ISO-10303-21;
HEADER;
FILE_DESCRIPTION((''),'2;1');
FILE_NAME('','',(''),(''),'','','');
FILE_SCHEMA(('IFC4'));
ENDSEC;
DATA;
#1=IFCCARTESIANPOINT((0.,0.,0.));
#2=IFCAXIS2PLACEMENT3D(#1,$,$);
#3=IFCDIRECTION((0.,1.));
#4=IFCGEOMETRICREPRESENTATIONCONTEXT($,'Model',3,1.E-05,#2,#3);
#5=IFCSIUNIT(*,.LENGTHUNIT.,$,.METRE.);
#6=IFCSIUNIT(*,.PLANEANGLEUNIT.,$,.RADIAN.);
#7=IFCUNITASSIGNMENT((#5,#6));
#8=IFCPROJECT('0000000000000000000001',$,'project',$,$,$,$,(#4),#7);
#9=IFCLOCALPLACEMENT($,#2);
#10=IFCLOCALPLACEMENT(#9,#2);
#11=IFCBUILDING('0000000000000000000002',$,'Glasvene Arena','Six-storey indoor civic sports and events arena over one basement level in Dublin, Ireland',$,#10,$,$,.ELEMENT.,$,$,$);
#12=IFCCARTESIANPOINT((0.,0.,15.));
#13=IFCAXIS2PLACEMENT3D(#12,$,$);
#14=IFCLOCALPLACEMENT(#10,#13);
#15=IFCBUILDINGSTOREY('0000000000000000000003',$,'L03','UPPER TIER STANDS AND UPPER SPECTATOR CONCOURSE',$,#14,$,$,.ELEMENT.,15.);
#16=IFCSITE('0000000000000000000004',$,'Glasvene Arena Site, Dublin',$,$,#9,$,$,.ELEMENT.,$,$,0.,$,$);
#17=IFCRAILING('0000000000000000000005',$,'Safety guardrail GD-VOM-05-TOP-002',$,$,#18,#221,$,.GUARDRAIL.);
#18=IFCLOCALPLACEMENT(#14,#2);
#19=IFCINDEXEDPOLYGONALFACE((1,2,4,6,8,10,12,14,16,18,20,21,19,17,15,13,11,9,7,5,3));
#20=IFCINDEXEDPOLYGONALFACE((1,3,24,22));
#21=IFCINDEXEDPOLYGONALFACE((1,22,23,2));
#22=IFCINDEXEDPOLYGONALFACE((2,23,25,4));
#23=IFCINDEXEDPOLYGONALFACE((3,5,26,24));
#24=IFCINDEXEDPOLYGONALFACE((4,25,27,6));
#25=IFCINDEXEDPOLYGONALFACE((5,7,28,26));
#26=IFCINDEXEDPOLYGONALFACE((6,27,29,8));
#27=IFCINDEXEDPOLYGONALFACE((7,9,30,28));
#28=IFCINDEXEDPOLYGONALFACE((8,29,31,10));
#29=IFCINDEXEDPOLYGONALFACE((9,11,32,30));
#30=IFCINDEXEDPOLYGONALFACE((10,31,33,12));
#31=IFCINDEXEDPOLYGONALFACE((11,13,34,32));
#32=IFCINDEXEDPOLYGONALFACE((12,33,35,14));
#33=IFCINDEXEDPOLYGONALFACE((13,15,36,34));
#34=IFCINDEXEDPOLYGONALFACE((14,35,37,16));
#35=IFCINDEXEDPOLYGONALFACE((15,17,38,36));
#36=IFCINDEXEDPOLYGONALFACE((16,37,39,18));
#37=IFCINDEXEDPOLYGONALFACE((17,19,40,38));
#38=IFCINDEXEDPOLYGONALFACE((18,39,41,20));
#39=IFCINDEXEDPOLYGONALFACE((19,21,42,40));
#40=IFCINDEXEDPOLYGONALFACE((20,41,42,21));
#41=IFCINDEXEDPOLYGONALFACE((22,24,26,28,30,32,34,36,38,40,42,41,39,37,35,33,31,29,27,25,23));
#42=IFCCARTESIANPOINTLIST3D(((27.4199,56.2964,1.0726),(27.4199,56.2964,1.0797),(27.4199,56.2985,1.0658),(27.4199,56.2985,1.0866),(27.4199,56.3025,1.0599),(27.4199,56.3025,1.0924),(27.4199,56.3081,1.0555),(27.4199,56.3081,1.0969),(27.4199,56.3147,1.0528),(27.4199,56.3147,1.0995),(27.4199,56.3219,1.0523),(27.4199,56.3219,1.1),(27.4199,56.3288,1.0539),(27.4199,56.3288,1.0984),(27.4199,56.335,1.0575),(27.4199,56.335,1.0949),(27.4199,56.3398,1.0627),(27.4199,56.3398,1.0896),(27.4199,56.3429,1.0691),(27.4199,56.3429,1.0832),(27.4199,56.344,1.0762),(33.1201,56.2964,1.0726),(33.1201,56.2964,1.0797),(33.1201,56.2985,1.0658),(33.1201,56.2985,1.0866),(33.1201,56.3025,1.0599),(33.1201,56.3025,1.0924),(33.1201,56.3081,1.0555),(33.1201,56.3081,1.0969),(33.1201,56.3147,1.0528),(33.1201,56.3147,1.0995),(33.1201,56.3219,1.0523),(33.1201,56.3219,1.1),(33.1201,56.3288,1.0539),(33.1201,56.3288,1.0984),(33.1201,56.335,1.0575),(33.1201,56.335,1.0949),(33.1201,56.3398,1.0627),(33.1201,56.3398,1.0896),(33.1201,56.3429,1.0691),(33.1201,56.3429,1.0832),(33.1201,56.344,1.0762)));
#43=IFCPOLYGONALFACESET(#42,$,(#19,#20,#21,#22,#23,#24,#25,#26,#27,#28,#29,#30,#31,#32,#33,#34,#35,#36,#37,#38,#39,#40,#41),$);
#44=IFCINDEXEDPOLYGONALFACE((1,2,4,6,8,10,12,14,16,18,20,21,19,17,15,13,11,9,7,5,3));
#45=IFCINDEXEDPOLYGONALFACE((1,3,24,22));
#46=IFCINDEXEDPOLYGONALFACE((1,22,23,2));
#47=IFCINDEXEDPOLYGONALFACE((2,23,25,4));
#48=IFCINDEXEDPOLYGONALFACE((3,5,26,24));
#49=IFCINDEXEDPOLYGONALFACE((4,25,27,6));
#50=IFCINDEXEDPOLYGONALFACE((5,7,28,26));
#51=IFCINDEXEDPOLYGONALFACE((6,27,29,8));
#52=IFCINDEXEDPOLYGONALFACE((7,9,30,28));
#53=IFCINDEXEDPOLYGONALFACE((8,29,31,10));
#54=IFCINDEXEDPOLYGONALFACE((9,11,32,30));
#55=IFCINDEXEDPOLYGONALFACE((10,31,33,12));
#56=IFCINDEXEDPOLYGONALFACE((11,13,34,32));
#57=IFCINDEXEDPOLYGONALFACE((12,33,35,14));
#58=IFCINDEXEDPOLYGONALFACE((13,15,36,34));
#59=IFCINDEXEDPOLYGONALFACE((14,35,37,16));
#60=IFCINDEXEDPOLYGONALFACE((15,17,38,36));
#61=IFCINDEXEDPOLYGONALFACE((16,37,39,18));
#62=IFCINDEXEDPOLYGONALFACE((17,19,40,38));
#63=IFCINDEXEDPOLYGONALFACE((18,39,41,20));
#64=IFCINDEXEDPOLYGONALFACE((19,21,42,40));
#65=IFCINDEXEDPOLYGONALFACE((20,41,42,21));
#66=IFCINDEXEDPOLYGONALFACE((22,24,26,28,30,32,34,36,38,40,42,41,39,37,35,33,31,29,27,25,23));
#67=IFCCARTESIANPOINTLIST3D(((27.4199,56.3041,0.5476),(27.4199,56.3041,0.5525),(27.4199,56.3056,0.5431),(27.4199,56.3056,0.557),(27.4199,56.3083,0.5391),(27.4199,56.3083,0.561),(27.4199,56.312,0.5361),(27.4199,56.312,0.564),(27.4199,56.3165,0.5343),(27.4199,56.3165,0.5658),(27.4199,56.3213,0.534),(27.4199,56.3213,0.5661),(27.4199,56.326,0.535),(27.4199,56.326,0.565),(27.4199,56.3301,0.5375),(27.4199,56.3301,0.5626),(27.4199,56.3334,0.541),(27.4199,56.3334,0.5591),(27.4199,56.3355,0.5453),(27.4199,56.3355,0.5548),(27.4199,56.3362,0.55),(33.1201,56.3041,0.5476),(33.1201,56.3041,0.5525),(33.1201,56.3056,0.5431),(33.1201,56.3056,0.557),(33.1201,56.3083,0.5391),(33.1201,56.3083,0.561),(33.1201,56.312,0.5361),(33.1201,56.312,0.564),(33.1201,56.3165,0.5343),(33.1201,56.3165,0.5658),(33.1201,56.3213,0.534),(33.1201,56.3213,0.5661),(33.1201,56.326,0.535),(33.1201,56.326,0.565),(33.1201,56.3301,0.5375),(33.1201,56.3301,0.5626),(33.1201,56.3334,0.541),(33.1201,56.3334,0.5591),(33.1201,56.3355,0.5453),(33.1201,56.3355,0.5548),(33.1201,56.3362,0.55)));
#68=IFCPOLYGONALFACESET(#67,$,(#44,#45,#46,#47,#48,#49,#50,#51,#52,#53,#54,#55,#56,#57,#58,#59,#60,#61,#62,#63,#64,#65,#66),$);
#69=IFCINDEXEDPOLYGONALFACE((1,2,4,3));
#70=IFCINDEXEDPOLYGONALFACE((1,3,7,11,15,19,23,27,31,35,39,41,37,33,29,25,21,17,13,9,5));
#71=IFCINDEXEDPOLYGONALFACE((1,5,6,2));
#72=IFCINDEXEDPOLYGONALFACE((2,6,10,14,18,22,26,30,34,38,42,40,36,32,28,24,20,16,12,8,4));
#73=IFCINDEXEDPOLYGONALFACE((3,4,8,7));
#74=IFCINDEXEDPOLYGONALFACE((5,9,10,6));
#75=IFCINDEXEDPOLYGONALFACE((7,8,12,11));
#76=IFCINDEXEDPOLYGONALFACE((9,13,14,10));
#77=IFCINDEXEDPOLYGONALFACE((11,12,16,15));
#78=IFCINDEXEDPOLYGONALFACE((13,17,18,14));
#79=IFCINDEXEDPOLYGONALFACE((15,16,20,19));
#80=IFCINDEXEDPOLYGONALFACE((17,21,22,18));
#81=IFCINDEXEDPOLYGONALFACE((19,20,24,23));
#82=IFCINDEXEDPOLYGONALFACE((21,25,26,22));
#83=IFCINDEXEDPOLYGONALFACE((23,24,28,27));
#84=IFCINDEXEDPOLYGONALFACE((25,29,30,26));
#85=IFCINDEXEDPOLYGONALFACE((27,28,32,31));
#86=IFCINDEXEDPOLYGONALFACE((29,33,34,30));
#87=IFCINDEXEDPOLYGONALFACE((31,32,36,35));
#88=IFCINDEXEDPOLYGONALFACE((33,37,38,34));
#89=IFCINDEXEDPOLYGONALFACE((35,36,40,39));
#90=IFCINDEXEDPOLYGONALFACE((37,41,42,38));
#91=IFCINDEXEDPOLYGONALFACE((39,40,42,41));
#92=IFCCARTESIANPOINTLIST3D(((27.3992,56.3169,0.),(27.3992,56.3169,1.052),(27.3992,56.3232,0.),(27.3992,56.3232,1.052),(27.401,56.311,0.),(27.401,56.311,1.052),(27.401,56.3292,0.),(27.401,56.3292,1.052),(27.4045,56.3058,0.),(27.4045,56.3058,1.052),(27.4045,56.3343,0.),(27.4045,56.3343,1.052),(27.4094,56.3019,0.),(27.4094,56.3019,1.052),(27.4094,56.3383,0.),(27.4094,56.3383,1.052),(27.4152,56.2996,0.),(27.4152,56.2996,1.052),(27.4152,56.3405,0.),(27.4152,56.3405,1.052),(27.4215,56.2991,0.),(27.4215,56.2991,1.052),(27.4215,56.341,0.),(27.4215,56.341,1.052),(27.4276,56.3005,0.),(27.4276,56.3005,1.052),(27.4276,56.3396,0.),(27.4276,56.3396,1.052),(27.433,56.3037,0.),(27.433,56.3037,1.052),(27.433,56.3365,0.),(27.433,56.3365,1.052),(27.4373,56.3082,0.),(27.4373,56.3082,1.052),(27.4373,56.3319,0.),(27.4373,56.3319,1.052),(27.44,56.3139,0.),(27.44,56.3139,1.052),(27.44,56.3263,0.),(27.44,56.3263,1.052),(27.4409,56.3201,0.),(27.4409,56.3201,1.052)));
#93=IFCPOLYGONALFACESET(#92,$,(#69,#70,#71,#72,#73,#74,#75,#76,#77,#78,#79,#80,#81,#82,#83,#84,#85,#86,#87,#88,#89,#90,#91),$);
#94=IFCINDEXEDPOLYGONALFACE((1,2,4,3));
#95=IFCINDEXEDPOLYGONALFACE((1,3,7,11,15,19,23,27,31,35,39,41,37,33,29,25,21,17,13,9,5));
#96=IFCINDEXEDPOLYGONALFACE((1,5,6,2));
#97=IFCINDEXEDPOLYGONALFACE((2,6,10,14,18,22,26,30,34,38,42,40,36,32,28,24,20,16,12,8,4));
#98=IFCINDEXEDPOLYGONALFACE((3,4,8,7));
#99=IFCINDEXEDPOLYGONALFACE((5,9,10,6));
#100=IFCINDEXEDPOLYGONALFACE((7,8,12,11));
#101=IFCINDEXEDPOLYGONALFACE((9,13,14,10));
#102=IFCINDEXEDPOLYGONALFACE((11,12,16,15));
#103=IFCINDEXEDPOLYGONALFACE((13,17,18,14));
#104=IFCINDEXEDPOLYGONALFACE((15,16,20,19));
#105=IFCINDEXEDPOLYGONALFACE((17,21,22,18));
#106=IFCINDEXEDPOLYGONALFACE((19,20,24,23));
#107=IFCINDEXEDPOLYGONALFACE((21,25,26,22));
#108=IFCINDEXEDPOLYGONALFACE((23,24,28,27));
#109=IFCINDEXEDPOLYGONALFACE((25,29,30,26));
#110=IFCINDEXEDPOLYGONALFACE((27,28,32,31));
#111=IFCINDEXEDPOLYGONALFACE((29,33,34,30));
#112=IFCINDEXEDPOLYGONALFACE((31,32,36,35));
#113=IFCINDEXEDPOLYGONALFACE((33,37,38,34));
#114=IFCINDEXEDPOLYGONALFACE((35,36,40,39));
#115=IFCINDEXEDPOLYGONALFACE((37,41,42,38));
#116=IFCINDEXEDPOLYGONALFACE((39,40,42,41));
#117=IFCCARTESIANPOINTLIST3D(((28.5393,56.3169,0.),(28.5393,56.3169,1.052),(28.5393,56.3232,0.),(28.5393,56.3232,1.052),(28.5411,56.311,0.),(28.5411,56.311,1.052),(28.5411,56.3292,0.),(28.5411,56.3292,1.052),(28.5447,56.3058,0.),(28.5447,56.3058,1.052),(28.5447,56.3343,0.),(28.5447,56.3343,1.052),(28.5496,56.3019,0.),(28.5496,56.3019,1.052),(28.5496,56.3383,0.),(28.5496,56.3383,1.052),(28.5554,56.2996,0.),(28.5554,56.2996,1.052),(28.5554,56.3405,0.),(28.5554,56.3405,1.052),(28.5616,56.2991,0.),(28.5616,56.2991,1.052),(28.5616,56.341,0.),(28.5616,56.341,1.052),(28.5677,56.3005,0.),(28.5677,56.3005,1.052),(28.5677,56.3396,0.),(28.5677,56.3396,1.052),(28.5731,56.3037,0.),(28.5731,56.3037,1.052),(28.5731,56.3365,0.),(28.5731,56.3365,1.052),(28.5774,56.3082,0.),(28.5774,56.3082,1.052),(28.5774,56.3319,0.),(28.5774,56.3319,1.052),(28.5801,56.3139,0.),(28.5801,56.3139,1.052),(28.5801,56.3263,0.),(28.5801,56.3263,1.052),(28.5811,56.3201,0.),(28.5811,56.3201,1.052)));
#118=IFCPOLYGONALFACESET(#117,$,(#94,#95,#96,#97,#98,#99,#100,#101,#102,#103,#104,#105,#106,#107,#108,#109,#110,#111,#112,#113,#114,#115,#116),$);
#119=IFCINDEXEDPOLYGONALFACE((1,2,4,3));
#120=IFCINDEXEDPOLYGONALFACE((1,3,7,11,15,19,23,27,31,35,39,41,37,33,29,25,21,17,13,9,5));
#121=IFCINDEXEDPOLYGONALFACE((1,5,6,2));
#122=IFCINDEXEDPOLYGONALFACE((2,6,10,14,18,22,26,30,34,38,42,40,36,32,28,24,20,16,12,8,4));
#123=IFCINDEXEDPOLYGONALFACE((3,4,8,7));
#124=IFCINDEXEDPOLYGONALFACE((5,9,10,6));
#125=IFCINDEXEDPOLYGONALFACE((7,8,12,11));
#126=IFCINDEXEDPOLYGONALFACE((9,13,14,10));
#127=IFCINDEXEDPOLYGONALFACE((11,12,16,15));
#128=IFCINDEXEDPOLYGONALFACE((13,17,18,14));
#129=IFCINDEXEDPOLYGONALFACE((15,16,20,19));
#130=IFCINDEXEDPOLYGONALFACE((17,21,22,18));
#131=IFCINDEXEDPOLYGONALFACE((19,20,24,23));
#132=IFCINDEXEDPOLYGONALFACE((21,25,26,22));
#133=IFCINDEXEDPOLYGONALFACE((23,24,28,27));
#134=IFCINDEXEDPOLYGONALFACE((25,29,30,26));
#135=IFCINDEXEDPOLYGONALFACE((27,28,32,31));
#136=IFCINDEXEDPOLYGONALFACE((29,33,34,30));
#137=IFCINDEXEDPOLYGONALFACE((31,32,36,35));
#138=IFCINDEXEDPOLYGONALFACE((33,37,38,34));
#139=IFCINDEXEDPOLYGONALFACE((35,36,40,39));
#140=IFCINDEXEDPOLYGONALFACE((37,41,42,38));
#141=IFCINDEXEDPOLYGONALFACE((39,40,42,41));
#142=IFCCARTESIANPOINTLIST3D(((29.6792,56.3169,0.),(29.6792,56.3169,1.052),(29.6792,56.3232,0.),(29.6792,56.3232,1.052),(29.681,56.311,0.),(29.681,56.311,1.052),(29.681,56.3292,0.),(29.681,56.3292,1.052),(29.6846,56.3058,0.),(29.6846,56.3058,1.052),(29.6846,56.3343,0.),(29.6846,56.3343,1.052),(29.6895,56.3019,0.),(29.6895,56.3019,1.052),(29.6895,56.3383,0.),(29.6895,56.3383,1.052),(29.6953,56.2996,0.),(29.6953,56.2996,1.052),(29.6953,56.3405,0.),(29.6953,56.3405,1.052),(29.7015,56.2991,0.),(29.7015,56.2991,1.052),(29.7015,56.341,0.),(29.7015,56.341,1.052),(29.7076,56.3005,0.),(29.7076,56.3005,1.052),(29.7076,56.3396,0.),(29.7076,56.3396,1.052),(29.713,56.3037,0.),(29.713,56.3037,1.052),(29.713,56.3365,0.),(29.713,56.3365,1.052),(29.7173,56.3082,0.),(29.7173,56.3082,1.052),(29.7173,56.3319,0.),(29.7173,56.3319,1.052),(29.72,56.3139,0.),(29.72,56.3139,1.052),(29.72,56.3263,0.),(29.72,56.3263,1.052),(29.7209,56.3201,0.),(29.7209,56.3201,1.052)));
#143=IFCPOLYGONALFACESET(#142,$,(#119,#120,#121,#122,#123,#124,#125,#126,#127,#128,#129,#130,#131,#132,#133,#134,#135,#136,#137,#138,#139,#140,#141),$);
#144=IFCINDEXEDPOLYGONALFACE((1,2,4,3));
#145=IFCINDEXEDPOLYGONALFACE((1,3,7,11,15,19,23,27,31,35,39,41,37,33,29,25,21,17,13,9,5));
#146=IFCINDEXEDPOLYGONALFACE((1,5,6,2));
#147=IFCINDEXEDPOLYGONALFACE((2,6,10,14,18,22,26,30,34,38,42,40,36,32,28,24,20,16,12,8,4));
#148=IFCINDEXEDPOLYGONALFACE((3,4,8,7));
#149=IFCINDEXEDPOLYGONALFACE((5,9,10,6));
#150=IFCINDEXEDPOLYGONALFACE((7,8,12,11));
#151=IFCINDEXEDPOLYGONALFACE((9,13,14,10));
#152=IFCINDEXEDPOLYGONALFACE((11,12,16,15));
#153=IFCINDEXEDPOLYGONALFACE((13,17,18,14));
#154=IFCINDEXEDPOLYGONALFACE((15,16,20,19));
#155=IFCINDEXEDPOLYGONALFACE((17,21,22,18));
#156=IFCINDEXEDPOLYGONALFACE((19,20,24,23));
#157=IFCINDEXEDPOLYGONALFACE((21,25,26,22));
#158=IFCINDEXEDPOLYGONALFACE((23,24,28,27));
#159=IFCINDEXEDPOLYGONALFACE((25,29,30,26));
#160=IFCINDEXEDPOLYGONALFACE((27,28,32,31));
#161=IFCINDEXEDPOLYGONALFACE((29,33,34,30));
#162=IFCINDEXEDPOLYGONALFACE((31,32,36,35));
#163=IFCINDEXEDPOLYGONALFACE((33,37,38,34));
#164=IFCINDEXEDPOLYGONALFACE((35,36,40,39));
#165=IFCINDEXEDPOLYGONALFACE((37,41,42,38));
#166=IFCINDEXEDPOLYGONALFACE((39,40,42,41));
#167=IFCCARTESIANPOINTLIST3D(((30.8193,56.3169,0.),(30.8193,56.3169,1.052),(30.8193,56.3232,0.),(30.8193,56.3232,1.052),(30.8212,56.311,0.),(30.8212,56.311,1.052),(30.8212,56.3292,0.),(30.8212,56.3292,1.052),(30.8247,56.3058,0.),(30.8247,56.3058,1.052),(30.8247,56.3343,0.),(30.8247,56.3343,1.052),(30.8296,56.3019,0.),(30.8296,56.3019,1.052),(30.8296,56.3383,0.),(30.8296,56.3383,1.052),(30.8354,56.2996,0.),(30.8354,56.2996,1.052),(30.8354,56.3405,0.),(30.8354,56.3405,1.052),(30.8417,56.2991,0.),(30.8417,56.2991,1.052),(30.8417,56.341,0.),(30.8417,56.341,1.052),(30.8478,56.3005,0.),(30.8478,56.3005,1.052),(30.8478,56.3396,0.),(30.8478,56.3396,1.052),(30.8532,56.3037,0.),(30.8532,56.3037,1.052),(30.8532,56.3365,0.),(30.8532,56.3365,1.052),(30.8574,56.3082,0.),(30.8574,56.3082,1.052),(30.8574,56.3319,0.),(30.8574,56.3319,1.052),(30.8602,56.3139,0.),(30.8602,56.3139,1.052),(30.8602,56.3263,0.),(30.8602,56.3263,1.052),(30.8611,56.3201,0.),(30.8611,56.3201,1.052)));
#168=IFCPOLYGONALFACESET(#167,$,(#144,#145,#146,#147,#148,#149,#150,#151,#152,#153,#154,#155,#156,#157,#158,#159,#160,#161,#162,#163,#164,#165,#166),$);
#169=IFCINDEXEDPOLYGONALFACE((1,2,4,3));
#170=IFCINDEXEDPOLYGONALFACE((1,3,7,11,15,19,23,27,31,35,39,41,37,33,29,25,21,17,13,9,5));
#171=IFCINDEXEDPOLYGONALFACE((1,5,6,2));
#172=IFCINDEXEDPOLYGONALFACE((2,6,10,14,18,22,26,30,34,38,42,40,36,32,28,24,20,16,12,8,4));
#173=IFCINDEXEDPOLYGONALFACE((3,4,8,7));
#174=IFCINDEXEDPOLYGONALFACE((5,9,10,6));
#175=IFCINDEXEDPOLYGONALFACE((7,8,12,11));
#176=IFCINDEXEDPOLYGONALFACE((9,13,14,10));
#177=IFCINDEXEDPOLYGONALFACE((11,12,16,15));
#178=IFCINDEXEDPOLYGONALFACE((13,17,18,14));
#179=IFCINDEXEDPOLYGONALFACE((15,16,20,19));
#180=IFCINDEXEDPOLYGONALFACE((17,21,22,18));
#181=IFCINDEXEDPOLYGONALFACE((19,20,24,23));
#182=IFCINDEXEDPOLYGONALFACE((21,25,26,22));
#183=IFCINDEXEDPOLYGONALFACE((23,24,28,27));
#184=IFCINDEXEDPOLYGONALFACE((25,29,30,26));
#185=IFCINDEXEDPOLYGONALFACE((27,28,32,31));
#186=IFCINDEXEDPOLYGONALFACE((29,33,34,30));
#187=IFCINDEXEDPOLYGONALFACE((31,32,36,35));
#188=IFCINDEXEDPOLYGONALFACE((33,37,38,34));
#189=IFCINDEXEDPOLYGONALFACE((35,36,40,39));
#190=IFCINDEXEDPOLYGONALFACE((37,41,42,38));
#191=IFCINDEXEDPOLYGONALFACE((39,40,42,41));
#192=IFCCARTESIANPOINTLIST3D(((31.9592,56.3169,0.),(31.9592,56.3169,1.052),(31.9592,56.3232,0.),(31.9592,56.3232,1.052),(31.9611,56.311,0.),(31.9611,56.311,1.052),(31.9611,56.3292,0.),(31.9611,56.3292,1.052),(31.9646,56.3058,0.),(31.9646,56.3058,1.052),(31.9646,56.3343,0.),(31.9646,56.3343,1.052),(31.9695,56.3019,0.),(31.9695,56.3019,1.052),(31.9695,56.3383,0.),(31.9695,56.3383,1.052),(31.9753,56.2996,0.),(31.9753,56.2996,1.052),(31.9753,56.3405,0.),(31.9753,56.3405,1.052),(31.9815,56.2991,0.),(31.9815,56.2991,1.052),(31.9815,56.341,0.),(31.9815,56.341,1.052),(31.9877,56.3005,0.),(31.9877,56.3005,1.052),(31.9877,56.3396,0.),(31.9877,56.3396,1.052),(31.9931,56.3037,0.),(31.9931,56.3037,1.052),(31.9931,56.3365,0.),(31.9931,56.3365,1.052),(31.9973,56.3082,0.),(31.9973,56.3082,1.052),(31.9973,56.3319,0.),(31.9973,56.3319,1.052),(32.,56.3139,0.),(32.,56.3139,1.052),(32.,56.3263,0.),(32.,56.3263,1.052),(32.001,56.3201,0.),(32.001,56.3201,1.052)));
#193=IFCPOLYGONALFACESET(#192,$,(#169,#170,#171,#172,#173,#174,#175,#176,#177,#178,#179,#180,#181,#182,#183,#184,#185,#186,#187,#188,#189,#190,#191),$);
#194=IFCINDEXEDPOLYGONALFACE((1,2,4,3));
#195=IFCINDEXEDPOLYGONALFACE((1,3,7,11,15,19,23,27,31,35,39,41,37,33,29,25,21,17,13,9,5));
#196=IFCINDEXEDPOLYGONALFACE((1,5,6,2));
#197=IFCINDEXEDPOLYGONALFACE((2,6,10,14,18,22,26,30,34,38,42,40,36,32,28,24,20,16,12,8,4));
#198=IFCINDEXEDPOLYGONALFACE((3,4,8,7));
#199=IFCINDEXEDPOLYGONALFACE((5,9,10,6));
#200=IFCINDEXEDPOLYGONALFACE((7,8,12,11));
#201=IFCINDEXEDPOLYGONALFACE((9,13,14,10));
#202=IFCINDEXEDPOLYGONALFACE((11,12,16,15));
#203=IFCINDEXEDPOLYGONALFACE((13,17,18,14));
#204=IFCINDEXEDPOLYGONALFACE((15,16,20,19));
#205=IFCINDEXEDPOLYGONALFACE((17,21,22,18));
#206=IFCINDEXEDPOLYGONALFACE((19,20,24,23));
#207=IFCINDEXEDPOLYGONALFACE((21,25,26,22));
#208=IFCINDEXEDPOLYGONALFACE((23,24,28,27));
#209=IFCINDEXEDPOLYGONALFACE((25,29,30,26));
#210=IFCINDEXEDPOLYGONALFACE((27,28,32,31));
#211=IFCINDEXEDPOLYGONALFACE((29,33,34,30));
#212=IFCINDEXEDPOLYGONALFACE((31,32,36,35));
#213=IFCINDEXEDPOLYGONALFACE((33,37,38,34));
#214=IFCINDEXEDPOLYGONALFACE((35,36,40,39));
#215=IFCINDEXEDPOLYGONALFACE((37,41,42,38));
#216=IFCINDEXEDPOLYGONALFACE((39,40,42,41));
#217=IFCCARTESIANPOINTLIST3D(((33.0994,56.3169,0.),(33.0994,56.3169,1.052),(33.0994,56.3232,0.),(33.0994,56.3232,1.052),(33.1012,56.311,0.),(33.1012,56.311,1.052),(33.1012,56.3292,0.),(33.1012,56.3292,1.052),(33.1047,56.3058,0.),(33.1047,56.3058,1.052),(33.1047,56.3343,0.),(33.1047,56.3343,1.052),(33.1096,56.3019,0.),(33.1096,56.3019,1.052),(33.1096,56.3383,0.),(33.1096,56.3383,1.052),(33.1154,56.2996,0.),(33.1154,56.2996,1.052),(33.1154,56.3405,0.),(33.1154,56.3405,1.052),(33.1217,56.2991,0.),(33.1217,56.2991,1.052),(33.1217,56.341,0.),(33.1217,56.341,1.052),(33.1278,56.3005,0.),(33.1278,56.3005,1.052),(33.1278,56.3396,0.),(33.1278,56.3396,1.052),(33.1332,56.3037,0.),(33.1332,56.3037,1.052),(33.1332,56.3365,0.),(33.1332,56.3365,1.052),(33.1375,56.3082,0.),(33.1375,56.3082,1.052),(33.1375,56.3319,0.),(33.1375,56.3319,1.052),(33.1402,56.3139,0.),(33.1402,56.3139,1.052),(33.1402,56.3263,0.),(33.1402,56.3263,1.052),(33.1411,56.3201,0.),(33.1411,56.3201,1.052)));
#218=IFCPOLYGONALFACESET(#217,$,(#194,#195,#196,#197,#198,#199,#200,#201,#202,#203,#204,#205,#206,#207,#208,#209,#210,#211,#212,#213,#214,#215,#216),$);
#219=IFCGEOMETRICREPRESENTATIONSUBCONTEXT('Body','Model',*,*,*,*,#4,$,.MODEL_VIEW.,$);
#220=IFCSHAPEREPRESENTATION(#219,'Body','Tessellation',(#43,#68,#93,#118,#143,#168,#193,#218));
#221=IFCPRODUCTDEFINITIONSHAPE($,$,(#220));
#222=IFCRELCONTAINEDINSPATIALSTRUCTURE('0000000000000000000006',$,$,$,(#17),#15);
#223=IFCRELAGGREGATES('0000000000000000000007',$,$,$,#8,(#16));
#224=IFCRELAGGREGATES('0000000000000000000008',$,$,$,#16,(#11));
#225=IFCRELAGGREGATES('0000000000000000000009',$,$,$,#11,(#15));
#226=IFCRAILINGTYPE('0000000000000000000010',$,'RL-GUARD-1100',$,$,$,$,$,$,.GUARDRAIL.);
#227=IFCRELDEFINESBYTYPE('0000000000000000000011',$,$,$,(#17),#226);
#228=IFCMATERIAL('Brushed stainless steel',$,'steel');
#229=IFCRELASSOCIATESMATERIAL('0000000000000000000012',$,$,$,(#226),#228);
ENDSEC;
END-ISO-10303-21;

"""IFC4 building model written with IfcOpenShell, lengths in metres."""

from ifc_helpers import new_model, si_unit, direction, frame, origin, origin_2d, place, context, subcontext, project, spatial, circle, extrude, material, type_object, element, save


model = new_model("IFC4")

# Units and contexts
model_context = context("Model", 3, precision=1e-05, world=origin(), true_north=direction((0.0, 1.0)))
body_context = subcontext(model_context, "Body", "Model", "MODEL_VIEW")
ifc_project = project(units=[si_unit("LENGTHUNIT", "METRE"), si_unit("PLANEANGLEUNIT", "RADIAN")], contexts=[model_context])

# Site, building, storey
site_placement = place(None, origin())
site = spatial("IfcSite", under=ifc_project, at=site_placement, Name="Glasvene Arena Site, Dublin", CompositionType="ELEMENT", RefElevation=0.0)
building_placement = place(site_placement, origin())
building = spatial("IfcBuilding", under=site, at=building_placement, Name="Glasvene Arena", Description="Six-storey indoor civic sports and events arena over one basement level in Dublin, Ireland", CompositionType="ELEMENT")
storey_placement = place(building_placement, frame((0.0, 0.0, 15.0)))
storey = spatial("IfcBuildingStorey", under=building, at=storey_placement, Name="L03", Description="UPPER TIER STANDS AND UPPER SPECTATOR CONCOURSE", CompositionType="ELEMENT", Elevation=15.0)

# Shared definitions
ifc_material_1 = material(Name="Brushed stainless steel", Category="steel")

# Railing
railing_type = type_object("IfcRailingType", Name="RL-GUARD-1100", PredefinedType="GUARDRAIL", material=ifc_material_1)
railing_1_placement = place(storey_placement, frame((27.4199, 56.3201, 0.0)))
element("IfcRailing", 1, at=railing_1_placement, inside=storey, type_object=railing_type, Name="Safety guardrail GD-VOM-05-TOP-002", PredefinedType="GUARDRAIL", context=body_context, shape_type="SweptSolid", body=[
    extrude(circle(Radius=0.0239, at=origin_2d()), frame((0.0, 0.0, 1.0762), z_axis=(1.0, 0.0, 0.0), x_axis=(0.0, 1.0, 0.0)), (0.0, 0.0, 1.0), 5.7002),
    extrude(circle(Radius=0.0161, at=origin_2d()), frame((0.0, 0.0, 0.55), z_axis=(1.0, 0.0, 0.0), x_axis=(0.0, 1.0, 0.0)), (0.0, 0.0, 1.0), 5.7002),
    extrude(circle(Radius=0.021, at=origin_2d()), origin(), (0.0, 0.0, 1.0), 1.052),
    extrude(circle(Radius=0.021, at=origin_2d()), frame((1.1401, 0.0, 0.0)), (0.0, 0.0, 1.0), 1.052),
    extrude(circle(Radius=0.021, at=origin_2d()), frame((2.28, 0.0, 0.0)), (0.0, 0.0, 1.0), 1.052),
    extrude(circle(Radius=0.021, at=origin_2d()), frame((3.4202, 0.0, 0.0)), (0.0, 0.0, 1.0), 1.052),
    extrude(circle(Radius=0.021, at=origin_2d()), frame((4.5601, 0.0, 0.0)), (0.0, 0.0, 1.0), 1.052),
    extrude(circle(Radius=0.021, at=origin_2d()), frame((5.7002, 0.0, 0.0)), (0.0, 0.0, 1.0), 1.052),
])

save(model, "model.ifc")
